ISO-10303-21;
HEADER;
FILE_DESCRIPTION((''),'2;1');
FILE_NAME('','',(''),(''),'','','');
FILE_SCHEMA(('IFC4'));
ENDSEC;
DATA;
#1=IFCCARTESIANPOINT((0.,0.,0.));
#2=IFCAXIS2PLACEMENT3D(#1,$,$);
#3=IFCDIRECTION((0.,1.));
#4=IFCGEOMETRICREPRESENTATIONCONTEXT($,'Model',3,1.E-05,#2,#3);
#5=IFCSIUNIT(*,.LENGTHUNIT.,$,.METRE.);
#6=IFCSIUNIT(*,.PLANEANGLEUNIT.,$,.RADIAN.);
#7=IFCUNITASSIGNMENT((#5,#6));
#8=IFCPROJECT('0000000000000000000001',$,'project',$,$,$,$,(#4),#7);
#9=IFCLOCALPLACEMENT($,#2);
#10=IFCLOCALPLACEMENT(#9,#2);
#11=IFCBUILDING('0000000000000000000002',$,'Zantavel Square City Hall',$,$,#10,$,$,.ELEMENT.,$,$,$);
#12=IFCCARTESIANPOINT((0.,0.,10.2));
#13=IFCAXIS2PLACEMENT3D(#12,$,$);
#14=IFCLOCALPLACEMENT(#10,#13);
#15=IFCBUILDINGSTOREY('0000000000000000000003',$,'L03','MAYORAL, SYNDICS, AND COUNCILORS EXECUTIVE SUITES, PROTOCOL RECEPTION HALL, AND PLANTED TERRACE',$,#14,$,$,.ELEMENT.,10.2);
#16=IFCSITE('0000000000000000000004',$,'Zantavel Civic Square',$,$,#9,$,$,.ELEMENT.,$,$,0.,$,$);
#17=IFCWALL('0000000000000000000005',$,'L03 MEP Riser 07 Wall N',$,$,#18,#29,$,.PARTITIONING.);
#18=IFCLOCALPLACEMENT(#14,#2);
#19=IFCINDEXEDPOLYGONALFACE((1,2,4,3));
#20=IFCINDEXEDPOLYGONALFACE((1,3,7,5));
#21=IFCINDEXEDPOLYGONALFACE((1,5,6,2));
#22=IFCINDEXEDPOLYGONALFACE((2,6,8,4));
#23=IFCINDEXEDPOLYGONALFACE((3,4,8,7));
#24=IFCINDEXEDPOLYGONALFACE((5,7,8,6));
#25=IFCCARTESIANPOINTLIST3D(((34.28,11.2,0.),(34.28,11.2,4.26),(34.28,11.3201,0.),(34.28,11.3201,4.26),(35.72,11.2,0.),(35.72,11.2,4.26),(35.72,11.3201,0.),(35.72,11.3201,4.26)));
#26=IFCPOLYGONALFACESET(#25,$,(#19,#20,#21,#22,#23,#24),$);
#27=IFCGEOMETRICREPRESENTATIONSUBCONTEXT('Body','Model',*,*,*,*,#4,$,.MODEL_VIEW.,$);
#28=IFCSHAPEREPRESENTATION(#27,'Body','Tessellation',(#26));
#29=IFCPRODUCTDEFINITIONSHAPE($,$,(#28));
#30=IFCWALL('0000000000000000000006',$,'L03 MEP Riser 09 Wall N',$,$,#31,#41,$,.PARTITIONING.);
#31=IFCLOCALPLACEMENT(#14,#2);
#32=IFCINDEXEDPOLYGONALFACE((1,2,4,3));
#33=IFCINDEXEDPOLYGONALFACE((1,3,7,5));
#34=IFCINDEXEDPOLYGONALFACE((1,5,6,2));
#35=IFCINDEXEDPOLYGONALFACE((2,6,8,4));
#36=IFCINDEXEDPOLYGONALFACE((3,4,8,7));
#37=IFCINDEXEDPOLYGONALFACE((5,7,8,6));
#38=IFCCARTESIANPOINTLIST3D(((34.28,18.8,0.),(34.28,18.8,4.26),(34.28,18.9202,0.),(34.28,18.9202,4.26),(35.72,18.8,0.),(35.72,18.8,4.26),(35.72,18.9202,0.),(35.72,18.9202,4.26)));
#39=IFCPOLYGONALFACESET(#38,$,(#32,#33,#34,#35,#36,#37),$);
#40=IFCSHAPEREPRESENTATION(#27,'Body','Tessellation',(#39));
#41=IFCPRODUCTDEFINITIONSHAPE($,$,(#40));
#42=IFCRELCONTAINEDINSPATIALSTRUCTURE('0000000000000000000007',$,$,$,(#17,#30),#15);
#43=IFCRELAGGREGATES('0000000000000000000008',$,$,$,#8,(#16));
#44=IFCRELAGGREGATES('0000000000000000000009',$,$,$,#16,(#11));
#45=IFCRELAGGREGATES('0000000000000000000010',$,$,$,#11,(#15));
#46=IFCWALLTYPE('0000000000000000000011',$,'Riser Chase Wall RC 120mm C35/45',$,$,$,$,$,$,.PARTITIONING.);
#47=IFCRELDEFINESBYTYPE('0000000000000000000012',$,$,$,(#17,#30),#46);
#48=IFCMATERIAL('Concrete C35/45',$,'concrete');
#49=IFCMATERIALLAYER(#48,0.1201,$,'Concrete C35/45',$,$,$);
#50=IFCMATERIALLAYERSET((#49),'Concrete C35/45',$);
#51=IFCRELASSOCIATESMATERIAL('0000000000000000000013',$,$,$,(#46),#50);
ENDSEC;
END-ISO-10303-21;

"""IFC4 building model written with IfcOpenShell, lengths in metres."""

from ifc_helpers import new_model, si_unit, direction, frame, frame_2d, origin, place, context, subcontext, project, spatial, rectangle, extrude, material, layer, layer_set, type_object, element, save


model = new_model("IFC4")

# Units and contexts
model_context = context("Model", 3, precision=1e-05, world=origin(), true_north=direction((0.0, 1.0)))
body_context = subcontext(model_context, "Body", "Model", "MODEL_VIEW")
ifc_project = project(units=[si_unit("LENGTHUNIT", "METRE"), si_unit("PLANEANGLEUNIT", "RADIAN")], contexts=[model_context])

# Site, building, storey
site_placement = place(None, origin())
site = spatial("IfcSite", under=ifc_project, at=site_placement, Name="Zantavel Civic Square", CompositionType="ELEMENT", RefElevation=0.0)
building_placement = place(site_placement, origin())
building = spatial("IfcBuilding", under=site, at=building_placement, Name="Zantavel Square City Hall", CompositionType="ELEMENT")
storey_placement = place(building_placement, frame((0.0, 0.0, 10.2)))
storey = spatial("IfcBuildingStorey", under=building, at=storey_placement, Name="L03", Description="MAYORAL, SYNDICS, AND COUNCILORS EXECUTIVE SUITES, PROTOCOL RECEPTION HALL, AND PLANTED TERRACE", CompositionType="ELEMENT", Elevation=10.2)

# Shared definitions
ifc_material_1 = material(Name="Concrete C35/45", Category="concrete")

# Walls
ifc_layer_1 = layer(ifc_material_1, 0.1201, Name="Concrete C35/45")
ifc_layer_set_1 = layer_set([ifc_layer_1], Name="Concrete C35/45")
wall_type_1 = type_object("IfcWallType", Name="Riser Chase Wall RC 120mm C35/45", PredefinedType="PARTITIONING", material=ifc_layer_set_1)
for number, where, z_axis, x_axis, name in (
    (1, (34.28, 11.26, 0.0), (0.0, 0.0, 1.0), (1.0, 0.0, 0.0), "L03 MEP Riser 07 Wall N"),
    (2, (34.28, 18.8601, 0.0), (0.0, 0.0, 1.0), (1.0, 0.0, 0.0), "L03 MEP Riser 09 Wall N"),
):
    element("IfcWall", number, at=place(storey_placement, frame(where, z_axis=z_axis, x_axis=x_axis)), inside=storey, type_object=wall_type_1, Name=name, PredefinedType="PARTITIONING", context=body_context, shape_type="SweptSolid", body=[
        extrude(rectangle(XDim=1.4399, YDim=0.1201, at=frame_2d((0.72, 0.0))), origin(), (0.0, 0.0, 1.0), 4.26),
    ])

save(model, "model.ifc")
